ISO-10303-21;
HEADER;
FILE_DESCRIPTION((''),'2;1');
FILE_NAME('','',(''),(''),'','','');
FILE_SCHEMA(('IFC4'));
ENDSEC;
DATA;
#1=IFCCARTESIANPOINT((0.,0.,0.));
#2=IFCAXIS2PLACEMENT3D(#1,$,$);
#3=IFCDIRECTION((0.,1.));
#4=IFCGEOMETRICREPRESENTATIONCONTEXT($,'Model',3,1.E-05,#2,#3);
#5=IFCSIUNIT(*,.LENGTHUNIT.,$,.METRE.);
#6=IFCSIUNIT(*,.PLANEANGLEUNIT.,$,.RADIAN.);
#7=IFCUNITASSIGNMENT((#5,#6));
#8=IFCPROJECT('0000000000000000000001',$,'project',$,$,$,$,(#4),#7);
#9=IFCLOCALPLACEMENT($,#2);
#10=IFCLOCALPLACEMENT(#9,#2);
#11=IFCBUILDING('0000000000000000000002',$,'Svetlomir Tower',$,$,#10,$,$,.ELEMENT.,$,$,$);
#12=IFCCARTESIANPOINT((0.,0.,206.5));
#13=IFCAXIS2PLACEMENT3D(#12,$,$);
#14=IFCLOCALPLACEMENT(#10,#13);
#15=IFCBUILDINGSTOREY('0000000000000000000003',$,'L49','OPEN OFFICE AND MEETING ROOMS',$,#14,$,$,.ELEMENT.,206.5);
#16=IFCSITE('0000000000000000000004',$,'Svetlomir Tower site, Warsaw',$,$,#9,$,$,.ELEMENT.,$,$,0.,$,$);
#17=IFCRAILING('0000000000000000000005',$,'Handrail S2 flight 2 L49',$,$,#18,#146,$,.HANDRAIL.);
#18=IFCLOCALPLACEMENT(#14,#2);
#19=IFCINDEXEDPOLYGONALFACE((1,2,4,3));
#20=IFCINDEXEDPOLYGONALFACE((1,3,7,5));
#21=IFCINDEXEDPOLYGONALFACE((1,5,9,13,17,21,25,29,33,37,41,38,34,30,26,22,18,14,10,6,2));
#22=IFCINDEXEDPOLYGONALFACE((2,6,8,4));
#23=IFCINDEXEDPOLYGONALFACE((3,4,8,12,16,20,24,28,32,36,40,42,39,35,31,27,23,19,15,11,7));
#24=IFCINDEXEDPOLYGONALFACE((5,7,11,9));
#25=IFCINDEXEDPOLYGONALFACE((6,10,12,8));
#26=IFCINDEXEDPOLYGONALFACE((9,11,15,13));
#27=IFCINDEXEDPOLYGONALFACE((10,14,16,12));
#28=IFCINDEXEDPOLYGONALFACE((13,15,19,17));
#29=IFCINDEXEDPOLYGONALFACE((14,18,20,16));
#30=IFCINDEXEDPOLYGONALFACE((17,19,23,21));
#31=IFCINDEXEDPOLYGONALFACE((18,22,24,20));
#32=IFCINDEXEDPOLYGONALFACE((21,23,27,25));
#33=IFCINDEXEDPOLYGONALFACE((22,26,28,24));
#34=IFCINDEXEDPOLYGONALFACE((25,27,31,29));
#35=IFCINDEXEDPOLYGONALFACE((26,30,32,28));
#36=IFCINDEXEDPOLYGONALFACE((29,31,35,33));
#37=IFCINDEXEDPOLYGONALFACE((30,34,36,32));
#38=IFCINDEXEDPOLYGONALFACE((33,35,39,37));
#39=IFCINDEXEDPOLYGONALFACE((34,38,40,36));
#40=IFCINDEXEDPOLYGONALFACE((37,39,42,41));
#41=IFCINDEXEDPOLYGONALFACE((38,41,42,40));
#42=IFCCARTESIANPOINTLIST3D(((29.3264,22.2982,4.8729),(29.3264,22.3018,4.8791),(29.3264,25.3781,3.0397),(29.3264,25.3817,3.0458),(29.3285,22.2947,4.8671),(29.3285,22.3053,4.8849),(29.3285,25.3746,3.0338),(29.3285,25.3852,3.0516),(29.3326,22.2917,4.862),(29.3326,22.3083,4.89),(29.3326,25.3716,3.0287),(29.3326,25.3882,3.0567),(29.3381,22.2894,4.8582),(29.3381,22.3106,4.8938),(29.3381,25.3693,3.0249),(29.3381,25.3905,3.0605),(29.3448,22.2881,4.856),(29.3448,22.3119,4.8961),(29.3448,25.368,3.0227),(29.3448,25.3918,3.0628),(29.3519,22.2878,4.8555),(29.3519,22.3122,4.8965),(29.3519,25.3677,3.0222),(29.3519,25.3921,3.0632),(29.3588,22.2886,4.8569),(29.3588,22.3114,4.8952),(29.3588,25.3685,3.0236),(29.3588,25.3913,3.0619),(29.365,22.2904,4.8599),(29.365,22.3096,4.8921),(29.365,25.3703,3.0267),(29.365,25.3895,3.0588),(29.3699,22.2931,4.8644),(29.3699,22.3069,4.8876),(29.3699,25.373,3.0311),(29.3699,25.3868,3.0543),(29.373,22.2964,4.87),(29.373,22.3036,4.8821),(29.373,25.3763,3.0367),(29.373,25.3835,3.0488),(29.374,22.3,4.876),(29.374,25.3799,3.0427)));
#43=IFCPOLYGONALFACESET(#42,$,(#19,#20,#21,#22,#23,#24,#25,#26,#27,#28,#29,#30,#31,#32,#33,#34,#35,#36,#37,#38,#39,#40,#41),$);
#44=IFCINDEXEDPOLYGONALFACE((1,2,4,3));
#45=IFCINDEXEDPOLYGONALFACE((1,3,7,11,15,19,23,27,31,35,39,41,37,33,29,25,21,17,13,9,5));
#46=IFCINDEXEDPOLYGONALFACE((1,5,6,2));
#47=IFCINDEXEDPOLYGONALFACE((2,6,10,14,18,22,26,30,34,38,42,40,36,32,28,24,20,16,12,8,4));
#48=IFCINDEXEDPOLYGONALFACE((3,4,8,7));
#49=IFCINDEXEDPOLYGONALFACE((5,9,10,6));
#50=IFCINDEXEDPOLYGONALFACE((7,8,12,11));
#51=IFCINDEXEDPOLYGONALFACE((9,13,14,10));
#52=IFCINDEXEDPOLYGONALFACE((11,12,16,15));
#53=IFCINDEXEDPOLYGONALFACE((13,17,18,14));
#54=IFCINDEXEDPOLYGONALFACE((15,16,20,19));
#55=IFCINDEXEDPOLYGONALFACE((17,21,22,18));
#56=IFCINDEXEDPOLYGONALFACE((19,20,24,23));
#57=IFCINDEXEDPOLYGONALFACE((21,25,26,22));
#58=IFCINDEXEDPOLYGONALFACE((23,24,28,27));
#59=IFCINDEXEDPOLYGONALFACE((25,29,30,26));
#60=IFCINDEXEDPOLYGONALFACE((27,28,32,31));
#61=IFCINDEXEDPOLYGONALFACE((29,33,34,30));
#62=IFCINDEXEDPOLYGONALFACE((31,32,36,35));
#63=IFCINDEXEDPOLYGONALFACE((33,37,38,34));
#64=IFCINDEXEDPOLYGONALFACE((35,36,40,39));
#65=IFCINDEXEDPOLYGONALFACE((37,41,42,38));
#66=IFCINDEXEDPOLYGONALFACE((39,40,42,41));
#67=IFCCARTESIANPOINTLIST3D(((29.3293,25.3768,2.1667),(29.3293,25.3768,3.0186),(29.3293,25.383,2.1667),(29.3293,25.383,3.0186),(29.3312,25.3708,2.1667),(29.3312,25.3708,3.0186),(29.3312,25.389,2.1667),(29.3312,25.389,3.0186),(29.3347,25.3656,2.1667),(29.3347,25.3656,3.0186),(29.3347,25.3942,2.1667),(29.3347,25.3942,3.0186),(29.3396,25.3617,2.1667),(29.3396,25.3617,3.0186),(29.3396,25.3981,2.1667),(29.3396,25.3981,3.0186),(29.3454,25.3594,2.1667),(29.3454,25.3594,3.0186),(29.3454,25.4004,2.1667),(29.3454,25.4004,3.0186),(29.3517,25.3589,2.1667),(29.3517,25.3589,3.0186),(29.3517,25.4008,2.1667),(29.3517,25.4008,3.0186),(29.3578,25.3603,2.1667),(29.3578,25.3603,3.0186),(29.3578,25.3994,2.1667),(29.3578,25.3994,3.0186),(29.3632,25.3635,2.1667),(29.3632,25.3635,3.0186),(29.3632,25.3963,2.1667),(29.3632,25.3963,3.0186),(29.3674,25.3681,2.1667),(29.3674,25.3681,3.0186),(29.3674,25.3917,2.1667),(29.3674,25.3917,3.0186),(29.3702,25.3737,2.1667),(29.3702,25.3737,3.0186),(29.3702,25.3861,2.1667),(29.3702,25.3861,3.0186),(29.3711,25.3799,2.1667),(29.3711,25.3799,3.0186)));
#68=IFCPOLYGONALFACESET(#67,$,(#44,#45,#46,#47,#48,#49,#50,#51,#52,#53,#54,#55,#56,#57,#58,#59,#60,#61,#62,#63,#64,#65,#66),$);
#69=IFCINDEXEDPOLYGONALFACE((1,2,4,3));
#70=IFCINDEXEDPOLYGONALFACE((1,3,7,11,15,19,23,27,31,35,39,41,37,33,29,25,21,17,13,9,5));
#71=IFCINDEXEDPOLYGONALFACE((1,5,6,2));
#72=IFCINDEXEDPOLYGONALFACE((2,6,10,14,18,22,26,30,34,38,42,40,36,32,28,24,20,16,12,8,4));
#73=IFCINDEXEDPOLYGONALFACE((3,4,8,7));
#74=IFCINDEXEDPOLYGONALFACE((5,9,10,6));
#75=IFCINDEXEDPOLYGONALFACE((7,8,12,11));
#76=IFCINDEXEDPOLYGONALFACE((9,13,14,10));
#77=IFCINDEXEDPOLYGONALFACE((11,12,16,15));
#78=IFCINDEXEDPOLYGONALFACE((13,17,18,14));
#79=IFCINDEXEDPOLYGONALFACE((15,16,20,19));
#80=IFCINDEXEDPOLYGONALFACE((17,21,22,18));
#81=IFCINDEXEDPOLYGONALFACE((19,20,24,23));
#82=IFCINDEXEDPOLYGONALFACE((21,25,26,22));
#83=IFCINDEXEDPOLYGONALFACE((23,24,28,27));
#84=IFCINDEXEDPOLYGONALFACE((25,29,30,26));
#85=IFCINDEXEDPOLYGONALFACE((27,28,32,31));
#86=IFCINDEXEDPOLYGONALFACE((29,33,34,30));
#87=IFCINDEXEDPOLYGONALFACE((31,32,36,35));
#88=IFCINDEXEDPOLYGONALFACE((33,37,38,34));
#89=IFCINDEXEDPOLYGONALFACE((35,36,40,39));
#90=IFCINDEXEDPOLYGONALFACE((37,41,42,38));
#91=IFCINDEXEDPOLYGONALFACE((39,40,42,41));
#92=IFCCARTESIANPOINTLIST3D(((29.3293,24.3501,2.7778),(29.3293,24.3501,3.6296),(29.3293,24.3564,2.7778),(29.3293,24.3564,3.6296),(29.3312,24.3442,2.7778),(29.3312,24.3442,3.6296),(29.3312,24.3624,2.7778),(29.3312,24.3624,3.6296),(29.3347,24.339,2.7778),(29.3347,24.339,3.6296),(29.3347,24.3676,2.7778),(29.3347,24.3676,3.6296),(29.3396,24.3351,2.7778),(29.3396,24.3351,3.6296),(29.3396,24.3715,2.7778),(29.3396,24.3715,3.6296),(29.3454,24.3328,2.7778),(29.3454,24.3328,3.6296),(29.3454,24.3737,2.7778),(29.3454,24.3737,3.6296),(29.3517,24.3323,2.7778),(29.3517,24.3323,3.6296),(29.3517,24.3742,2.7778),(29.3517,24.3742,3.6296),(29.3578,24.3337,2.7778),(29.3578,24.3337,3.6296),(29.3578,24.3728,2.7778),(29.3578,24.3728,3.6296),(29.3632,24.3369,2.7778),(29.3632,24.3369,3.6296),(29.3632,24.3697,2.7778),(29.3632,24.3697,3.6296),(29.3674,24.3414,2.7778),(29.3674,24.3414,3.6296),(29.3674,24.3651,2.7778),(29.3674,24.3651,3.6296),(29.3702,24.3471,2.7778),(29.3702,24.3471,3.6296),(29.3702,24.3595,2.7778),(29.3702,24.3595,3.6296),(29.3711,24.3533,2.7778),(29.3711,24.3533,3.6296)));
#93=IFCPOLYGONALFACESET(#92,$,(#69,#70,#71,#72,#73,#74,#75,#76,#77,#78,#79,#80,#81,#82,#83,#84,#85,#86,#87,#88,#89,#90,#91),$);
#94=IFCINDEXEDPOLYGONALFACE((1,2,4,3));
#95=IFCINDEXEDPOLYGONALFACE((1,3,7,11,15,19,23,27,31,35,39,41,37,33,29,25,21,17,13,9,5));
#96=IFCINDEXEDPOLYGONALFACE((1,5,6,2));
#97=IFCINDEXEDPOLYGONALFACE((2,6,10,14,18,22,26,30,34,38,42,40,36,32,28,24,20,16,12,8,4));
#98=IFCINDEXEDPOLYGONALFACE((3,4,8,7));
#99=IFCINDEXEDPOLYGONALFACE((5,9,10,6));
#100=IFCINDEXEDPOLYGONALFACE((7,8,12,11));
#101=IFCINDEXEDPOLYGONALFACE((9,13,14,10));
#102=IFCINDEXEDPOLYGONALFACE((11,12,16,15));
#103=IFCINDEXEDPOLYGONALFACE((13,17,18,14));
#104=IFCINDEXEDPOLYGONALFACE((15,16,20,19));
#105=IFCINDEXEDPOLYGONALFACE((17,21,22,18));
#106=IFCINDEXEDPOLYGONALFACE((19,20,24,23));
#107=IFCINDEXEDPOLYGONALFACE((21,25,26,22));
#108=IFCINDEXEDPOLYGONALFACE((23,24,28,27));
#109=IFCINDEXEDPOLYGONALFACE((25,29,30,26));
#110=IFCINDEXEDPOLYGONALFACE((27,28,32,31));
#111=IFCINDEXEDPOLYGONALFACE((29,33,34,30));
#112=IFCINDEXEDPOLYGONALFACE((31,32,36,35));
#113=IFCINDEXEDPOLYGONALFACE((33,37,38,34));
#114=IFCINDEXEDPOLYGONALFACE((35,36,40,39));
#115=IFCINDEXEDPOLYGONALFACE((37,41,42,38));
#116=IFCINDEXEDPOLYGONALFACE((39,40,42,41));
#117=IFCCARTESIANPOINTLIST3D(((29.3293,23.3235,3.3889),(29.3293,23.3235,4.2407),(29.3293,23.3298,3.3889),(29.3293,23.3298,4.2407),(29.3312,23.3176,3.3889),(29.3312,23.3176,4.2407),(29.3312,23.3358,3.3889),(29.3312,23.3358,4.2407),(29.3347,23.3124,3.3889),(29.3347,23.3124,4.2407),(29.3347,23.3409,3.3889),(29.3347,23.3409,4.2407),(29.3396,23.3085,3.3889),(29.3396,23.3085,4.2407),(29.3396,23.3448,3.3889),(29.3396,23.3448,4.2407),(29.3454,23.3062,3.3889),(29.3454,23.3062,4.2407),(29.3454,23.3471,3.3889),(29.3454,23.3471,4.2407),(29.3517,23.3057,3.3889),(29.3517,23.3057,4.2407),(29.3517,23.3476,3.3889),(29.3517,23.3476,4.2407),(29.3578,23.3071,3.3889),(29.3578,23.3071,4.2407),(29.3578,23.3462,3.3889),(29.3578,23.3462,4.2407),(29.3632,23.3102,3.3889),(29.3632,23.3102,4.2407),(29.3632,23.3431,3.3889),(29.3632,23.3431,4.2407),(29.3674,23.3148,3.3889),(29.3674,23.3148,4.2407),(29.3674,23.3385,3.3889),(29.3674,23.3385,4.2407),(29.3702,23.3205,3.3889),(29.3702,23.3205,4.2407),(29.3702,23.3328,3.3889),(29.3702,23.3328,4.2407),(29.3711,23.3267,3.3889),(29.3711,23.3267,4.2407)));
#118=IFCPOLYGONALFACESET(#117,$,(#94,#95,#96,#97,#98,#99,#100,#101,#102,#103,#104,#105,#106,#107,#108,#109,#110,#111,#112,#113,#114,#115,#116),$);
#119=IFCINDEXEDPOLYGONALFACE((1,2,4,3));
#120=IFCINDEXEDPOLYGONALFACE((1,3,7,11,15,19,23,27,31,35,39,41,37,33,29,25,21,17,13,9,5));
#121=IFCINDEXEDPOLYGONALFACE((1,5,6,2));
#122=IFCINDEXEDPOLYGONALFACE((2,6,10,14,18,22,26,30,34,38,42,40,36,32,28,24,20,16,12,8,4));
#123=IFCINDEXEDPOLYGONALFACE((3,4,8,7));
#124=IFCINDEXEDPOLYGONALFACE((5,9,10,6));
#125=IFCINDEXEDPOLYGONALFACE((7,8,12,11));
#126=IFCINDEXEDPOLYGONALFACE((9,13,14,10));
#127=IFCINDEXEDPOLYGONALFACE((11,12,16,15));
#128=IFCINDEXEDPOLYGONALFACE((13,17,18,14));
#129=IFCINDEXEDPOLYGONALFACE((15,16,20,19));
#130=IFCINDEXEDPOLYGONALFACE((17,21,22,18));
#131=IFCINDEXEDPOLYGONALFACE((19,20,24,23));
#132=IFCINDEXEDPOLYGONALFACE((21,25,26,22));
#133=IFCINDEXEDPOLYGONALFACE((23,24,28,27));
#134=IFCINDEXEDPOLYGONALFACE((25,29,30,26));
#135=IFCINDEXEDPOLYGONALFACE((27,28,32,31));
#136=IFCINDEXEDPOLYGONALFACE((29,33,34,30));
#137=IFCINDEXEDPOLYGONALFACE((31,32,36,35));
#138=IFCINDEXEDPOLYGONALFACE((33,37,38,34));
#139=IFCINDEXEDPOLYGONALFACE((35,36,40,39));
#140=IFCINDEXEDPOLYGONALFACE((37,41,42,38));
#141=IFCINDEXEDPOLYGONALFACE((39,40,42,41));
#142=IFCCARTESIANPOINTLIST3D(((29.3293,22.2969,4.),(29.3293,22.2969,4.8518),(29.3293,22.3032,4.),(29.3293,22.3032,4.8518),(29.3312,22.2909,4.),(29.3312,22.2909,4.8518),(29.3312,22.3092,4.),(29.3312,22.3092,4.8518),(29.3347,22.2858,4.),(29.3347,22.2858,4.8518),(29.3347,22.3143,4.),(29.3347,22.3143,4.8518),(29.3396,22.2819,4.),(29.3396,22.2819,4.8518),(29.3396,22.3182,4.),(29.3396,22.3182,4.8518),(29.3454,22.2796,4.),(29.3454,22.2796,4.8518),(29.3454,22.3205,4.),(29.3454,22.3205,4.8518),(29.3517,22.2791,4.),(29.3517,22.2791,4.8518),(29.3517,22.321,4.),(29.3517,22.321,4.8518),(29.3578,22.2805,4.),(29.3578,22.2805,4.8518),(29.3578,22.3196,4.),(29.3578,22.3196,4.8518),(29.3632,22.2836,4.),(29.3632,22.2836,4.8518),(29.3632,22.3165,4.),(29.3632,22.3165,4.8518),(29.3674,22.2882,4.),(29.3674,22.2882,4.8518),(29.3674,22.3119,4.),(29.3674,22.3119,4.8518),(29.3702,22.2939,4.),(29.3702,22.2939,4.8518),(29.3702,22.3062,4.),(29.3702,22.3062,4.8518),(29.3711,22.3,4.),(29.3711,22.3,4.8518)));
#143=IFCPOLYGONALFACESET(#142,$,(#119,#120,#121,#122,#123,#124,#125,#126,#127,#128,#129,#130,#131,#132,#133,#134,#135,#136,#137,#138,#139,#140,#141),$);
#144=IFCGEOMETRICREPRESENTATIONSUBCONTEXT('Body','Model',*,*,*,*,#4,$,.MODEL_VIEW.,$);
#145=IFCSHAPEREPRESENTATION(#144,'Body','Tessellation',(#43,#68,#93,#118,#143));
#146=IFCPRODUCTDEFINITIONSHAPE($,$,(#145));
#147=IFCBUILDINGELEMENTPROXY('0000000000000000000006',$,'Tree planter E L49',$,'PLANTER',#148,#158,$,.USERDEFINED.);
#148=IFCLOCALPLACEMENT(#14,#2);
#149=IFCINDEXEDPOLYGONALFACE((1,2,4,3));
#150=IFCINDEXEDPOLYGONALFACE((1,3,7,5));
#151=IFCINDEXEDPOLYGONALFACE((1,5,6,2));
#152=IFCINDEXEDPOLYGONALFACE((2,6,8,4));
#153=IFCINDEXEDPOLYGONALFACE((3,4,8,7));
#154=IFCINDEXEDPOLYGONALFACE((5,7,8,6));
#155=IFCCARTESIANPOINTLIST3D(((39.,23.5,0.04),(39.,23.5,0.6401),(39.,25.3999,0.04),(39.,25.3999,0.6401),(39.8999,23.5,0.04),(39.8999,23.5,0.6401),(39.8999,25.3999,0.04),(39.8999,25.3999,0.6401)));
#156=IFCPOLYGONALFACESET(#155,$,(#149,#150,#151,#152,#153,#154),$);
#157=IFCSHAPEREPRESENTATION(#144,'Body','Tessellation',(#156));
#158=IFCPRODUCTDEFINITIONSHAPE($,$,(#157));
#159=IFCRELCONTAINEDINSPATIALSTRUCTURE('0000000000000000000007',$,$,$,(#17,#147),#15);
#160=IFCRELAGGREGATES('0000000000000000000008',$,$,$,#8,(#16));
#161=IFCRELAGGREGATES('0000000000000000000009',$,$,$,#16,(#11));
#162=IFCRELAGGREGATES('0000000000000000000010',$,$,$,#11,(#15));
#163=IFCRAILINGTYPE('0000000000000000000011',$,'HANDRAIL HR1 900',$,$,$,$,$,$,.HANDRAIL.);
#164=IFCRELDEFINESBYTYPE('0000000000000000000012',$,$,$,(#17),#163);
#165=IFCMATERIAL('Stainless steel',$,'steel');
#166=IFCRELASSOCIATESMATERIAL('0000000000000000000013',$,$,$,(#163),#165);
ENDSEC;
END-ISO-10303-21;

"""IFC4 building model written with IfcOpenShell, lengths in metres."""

from ifc_helpers import new_model, si_unit, direction, frame, origin, origin_2d, place, context, subcontext, project, spatial, rectangle, circle, extrude, material, type_object, element, save


model = new_model("IFC4")

# Units and contexts
model_context = context("Model", 3, precision=1e-05, world=origin(), true_north=direction((0.0, 1.0)))
body_context = subcontext(model_context, "Body", "Model", "MODEL_VIEW")
ifc_project = project(units=[si_unit("LENGTHUNIT", "METRE"), si_unit("PLANEANGLEUNIT", "RADIAN")], contexts=[model_context])

# Site, building, storey
site_placement = place(None, origin())
site = spatial("IfcSite", under=ifc_project, at=site_placement, Name="Svetlomir Tower site, Warsaw", CompositionType="ELEMENT", RefElevation=0.0)
building_placement = place(site_placement, origin())
building = spatial("IfcBuilding", under=site, at=building_placement, Name="Svetlomir Tower", CompositionType="ELEMENT")
storey_placement = place(building_placement, frame((0.0, 0.0, 206.5)))
storey = spatial("IfcBuildingStorey", under=building, at=storey_placement, Name="L49", Description="OPEN OFFICE AND MEETING ROOMS", CompositionType="ELEMENT", Elevation=206.5)

# Railing
ifc_material_1 = material(Name="Stainless steel", Category="steel")
railing_type_1 = type_object("IfcRailingType", Name="HANDRAIL HR1 900", PredefinedType="HANDRAIL", material=ifc_material_1)
railing_1_placement = place(storey_placement, frame((29.3501, 25.3799, 2.1667)))
element("IfcRailing", 1, at=railing_1_placement, inside=storey, type_object=railing_type_1, Name="Handrail S2 flight 2 L49", PredefinedType="HANDRAIL", context=body_context, shape_type="SweptSolid", body=[
    extrude(circle(Radius=0.0239, at=origin_2d()), frame((0.0, 0.0, 0.876), z_axis=(0.0, -0.859291, 0.511487), x_axis=(1.0, 0.0, 0.0)), (0.0, 0.0, 1.0), 3.5842),
    extrude(circle(Radius=0.021, at=origin_2d()), origin(), (0.0, 0.0, 1.0), 0.8518),
    extrude(circle(Radius=0.021, at=origin_2d()), frame((0.0, -1.0266, 0.6111)), (0.0, 0.0, 1.0), 0.8518),
    extrude(circle(Radius=0.021, at=origin_2d()), frame((0.0, -2.0532, 1.2222)), (0.0, 0.0, 1.0), 0.8518),
    extrude(circle(Radius=0.021, at=origin_2d()), frame((0.0, -3.0798, 1.8333)), (0.0, 0.0, 1.0), 0.8518),
])

# Building element proxy
proxy_placement = place(storey_placement, frame((39.45, 24.45, 0.04), z_axis=(0.0, 0.0, 1.0), x_axis=(1.0, 0.0, 0.0)))
element("IfcBuildingElementProxy", 2, at=proxy_placement, inside=storey, Name="Tree planter E L49", ObjectType="PLANTER", PredefinedType="USERDEFINED", context=body_context, shape_type="SweptSolid", body=[
    extrude(rectangle(XDim=0.8999, YDim=1.8999, at=origin_2d()), origin(), (0.0, 0.0, 1.0), 0.6001),
])

save(model, "model.ifc")
